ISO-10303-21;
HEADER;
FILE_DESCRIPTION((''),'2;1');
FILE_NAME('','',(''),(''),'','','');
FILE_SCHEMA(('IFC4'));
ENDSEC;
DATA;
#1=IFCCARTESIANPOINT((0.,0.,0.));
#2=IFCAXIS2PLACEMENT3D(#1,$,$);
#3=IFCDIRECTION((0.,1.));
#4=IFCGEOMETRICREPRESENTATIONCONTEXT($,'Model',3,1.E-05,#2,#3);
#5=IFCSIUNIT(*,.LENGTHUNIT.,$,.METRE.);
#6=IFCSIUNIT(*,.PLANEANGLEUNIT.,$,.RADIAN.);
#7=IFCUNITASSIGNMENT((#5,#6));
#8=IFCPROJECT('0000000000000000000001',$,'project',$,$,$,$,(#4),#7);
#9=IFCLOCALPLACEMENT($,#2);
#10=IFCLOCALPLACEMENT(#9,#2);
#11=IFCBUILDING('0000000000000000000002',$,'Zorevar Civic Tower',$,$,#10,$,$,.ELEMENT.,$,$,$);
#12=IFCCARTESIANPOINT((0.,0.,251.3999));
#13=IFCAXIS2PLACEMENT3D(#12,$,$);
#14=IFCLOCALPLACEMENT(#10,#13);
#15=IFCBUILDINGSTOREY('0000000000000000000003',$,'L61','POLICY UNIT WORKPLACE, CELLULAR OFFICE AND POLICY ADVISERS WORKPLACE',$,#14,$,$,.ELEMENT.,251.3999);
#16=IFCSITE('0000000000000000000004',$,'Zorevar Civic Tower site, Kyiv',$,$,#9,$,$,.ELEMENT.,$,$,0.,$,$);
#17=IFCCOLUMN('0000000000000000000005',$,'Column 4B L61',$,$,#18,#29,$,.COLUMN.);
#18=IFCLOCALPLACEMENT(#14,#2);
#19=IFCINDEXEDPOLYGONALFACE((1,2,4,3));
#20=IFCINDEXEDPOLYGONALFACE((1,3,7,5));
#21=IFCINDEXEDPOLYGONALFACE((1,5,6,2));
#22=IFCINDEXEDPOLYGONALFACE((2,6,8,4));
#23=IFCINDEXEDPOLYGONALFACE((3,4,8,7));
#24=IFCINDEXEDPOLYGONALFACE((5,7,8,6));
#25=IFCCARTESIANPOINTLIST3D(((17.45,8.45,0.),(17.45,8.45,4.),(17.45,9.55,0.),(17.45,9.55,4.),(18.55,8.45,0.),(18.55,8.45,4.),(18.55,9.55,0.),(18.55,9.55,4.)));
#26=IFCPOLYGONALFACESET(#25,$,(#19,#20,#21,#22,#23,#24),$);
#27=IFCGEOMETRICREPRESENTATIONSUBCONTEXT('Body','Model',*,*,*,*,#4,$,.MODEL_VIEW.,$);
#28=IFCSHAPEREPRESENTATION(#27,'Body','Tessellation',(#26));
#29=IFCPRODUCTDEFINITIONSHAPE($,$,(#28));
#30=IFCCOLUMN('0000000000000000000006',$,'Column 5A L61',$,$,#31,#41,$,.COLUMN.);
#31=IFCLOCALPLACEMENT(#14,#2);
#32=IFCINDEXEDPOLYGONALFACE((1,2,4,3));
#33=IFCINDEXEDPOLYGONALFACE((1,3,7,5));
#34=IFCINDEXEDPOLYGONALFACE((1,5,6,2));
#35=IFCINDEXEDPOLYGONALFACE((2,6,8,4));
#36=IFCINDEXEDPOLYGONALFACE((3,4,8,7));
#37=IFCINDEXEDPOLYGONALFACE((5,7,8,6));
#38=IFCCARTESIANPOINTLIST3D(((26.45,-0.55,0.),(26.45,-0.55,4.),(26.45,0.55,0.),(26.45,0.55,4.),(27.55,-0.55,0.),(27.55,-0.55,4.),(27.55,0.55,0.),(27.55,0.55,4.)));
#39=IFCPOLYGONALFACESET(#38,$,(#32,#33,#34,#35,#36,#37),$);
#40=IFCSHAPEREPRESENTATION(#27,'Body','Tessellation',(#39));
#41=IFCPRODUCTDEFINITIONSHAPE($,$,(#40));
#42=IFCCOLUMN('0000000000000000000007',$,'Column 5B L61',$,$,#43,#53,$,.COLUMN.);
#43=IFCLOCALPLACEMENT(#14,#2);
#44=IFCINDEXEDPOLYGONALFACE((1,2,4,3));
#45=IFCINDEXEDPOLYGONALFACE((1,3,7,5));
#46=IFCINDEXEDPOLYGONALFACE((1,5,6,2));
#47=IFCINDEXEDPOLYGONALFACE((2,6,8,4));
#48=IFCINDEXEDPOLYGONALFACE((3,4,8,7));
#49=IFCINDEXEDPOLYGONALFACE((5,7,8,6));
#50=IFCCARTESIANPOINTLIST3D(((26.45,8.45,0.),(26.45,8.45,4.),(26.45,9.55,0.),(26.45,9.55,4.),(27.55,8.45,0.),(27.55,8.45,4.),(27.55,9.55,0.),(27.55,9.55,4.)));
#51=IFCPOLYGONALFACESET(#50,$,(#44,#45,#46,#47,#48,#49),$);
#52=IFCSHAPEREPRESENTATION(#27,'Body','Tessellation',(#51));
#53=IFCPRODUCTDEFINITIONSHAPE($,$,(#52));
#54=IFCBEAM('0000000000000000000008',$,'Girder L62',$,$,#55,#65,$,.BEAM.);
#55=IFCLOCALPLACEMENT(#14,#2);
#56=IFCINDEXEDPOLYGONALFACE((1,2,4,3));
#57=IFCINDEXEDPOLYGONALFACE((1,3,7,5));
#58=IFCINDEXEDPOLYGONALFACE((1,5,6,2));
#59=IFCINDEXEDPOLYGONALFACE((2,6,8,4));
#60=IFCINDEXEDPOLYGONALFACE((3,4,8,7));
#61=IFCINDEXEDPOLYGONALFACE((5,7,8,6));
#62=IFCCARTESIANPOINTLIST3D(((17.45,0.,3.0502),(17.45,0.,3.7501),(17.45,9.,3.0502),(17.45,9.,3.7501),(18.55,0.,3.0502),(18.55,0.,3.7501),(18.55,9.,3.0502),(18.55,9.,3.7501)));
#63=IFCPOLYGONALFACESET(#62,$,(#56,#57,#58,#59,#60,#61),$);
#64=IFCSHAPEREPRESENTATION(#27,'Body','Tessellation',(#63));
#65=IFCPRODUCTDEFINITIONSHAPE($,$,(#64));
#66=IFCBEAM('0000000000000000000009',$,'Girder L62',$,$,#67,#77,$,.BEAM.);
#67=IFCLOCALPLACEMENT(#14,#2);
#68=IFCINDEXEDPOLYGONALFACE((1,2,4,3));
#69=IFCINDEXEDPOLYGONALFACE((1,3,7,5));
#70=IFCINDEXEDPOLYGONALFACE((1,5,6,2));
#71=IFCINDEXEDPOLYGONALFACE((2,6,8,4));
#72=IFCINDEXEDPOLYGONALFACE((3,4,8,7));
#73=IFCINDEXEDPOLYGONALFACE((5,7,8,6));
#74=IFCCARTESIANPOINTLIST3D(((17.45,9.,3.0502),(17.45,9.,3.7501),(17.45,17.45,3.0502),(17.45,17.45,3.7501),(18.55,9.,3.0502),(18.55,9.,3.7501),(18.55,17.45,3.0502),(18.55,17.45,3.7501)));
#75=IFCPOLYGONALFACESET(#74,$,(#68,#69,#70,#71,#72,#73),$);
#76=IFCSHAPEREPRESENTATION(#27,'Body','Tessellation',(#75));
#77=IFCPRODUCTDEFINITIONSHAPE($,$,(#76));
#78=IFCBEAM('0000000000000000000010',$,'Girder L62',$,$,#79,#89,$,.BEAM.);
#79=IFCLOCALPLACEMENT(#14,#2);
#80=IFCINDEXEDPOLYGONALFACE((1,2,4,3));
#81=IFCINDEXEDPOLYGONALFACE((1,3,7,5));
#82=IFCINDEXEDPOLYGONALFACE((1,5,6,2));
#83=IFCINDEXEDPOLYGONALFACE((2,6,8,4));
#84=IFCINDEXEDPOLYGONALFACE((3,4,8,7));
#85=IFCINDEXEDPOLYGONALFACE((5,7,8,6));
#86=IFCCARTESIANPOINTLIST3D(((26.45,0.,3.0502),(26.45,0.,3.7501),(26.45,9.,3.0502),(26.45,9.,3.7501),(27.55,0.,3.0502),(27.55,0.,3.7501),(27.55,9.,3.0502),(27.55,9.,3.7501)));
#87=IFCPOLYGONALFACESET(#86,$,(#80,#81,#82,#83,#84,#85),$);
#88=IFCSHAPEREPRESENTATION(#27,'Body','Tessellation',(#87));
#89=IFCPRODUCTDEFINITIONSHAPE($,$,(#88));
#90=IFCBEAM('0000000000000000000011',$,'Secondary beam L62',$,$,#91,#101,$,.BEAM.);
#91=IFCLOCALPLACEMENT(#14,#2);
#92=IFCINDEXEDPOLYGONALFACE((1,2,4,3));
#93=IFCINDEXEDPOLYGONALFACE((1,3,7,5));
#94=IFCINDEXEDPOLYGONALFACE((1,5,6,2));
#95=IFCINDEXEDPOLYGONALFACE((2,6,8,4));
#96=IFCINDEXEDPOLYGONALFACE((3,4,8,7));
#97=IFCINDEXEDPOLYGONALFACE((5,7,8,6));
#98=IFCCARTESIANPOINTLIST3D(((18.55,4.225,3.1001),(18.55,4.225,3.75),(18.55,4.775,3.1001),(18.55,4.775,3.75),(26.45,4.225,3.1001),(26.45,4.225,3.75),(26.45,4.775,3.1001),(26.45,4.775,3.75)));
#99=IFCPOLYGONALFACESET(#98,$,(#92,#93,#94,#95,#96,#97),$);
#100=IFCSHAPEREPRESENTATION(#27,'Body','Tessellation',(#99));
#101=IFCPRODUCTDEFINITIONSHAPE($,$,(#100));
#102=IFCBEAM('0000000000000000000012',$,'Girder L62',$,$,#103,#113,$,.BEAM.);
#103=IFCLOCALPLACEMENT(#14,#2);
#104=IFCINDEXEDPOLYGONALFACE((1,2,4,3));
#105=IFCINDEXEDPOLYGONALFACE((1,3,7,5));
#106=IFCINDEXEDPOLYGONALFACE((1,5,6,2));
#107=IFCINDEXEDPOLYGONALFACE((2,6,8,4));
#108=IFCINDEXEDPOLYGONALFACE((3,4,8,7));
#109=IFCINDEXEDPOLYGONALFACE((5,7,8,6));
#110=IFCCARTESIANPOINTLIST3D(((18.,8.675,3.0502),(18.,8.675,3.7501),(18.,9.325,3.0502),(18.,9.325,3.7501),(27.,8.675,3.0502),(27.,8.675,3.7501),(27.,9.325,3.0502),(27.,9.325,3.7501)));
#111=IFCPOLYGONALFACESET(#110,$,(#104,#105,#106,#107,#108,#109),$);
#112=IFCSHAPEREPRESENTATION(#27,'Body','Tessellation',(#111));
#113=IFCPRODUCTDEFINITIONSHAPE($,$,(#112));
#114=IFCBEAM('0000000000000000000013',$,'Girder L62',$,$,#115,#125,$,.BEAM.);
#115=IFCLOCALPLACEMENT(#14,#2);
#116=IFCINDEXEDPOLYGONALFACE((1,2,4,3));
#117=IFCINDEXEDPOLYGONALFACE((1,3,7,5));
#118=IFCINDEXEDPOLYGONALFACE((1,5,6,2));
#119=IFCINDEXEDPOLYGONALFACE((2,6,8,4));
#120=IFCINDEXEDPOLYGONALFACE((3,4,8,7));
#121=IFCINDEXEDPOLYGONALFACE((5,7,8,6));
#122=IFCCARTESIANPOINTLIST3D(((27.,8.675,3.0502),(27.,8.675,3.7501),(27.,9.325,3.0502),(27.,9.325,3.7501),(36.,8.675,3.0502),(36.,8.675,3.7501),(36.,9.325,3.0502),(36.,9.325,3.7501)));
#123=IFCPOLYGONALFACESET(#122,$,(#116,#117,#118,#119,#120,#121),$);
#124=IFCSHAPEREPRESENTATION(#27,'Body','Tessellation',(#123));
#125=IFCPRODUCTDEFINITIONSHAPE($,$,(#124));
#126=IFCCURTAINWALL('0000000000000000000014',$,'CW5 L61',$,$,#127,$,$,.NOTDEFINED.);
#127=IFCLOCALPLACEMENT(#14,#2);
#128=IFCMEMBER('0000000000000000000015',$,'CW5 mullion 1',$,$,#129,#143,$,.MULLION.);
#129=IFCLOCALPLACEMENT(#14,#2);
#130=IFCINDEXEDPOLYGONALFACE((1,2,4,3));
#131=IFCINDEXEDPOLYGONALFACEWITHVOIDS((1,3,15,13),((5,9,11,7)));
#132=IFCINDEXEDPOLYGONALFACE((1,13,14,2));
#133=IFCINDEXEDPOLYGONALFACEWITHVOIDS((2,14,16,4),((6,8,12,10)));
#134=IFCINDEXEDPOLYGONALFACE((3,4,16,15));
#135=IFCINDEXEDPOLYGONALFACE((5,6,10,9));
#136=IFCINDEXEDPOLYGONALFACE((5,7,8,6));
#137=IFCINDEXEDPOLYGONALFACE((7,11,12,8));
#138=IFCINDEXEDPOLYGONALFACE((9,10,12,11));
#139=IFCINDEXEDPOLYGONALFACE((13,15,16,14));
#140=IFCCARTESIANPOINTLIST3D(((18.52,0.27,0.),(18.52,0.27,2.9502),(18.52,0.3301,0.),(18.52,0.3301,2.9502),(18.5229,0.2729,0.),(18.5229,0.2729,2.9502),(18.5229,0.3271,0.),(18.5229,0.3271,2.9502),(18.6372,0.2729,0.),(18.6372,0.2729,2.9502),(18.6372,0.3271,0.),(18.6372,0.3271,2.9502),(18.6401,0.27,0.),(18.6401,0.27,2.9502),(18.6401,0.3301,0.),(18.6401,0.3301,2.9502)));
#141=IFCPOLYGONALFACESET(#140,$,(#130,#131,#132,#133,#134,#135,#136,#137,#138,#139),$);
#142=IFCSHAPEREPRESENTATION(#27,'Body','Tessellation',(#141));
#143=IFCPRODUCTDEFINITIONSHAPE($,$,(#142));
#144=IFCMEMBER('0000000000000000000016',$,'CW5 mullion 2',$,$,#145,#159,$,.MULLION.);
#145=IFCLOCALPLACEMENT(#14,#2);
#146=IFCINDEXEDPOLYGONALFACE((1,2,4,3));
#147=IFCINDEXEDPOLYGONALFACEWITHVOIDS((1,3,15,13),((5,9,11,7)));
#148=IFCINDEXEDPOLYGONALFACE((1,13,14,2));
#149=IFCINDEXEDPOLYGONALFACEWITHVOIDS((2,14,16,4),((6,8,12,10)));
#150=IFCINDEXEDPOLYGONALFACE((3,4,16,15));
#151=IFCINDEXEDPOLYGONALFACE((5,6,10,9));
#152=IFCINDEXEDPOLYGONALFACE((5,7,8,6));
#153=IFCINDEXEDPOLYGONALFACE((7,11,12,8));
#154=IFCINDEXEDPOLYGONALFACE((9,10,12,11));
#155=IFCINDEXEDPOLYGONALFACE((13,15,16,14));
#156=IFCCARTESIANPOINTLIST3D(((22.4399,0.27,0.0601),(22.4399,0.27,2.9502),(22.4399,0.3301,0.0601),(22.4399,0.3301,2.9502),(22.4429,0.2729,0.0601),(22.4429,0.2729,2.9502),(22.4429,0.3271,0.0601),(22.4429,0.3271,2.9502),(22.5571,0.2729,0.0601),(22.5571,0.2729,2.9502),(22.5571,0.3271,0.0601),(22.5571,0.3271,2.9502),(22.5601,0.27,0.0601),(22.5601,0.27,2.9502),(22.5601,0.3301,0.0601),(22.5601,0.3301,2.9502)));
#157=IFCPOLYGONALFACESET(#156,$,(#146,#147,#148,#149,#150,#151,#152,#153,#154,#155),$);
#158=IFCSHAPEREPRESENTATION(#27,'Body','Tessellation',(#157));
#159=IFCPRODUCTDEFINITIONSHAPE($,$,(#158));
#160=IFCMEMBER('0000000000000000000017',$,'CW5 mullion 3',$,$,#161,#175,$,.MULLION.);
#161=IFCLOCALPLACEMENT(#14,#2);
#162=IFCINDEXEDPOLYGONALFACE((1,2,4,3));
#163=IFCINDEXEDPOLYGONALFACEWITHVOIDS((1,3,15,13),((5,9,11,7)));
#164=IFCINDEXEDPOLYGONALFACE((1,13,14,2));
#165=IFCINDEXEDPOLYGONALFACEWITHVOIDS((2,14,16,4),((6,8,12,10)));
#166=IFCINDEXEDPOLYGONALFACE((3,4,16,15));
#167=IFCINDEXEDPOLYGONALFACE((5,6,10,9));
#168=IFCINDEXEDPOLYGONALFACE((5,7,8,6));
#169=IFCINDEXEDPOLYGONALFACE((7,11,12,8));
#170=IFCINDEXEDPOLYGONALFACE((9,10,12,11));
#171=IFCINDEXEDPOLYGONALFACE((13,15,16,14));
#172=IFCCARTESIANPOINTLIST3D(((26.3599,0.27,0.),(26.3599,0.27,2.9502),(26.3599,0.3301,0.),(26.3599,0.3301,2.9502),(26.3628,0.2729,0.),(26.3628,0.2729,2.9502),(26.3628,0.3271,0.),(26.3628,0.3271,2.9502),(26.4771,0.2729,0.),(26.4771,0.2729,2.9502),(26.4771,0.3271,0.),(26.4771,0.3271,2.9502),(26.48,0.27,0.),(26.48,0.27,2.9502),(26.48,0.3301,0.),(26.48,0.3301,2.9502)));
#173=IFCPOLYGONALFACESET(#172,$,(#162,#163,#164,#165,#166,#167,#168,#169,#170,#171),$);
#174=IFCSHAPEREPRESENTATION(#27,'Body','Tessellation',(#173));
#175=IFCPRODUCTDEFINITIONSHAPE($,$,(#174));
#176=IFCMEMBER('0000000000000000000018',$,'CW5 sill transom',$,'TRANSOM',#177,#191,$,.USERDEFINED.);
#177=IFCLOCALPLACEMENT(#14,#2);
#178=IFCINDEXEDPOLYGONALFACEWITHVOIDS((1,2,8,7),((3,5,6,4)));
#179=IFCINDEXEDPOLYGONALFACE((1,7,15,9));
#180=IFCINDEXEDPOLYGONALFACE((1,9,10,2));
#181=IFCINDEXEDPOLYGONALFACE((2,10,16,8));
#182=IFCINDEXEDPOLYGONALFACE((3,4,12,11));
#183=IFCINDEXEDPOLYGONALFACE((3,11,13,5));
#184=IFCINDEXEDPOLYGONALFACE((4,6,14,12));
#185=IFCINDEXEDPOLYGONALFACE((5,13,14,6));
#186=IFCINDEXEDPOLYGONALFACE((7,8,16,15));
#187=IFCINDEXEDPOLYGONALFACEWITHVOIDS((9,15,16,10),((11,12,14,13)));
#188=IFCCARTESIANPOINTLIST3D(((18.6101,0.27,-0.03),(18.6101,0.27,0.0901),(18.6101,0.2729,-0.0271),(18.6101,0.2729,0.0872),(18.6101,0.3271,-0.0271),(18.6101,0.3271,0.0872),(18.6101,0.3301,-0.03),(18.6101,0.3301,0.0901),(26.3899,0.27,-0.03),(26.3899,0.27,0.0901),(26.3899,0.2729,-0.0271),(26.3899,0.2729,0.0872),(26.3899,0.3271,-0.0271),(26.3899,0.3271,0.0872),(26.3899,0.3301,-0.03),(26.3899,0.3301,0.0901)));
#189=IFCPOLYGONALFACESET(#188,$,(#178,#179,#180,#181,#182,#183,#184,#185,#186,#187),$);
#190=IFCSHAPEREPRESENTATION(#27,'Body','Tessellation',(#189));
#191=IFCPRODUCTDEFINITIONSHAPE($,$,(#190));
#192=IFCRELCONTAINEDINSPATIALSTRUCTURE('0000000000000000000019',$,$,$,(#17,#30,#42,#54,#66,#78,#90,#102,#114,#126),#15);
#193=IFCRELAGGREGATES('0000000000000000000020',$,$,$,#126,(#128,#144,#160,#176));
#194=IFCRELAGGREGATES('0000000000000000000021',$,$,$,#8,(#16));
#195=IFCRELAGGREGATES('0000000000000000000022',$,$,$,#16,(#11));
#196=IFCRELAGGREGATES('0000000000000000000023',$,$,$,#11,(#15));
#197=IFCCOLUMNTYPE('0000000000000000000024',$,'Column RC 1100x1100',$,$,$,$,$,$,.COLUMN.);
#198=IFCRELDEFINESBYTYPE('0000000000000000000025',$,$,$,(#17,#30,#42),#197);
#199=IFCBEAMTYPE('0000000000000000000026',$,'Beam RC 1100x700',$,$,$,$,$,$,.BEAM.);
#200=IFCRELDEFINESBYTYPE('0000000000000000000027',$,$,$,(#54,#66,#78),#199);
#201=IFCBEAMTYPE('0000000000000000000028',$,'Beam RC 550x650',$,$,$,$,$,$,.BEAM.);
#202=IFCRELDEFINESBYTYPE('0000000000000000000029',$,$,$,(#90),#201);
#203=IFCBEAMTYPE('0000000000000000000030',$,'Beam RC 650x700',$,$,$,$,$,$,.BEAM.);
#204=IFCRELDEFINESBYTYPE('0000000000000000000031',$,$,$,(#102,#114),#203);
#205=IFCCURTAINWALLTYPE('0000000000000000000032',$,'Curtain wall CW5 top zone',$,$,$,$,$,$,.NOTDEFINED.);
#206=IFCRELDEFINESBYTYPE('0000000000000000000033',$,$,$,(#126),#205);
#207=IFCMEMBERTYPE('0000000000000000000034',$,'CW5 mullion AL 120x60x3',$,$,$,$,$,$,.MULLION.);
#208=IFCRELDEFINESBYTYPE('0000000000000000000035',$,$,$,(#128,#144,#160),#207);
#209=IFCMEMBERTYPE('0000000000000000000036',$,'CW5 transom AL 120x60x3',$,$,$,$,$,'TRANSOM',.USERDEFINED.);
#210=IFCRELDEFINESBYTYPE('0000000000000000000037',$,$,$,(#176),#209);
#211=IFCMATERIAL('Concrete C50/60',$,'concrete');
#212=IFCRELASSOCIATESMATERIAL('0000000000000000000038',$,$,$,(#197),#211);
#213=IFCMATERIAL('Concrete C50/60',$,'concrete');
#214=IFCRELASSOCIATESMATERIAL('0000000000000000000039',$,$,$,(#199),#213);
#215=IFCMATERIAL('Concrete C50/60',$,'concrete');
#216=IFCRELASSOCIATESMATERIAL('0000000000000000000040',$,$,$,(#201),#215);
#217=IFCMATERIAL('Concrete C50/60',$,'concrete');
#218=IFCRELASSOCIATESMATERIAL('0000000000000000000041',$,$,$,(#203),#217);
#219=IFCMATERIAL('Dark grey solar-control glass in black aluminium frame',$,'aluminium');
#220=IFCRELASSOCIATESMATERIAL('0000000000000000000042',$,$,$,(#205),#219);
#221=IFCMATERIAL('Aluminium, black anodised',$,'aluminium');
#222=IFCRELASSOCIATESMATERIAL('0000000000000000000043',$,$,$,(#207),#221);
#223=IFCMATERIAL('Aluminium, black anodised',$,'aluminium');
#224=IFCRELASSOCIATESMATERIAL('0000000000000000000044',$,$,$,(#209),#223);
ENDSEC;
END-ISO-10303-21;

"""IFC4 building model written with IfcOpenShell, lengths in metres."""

from ifc_helpers import new_model, si_unit, direction, frame, origin, origin_2d, place, context, subcontext, project, spatial, rectangle, hollow_rectangle, extrude, material, material_profile, profile_set, type_object, element, aggregate, save


model = new_model("IFC4")

# Units and contexts
model_context = context("Model", 3, precision=1e-05, world=origin(), true_north=direction((0.0, 1.0)))
body_context = subcontext(model_context, "Body", "Model", "MODEL_VIEW")
ifc_project = project(units=[si_unit("LENGTHUNIT", "METRE"), si_unit("PLANEANGLEUNIT", "RADIAN")], contexts=[model_context])

# Site, building, storey
site_placement = place(None, origin())
site = spatial("IfcSite", under=ifc_project, at=site_placement, Name="Zorevar Civic Tower site, Kyiv", CompositionType="ELEMENT", RefElevation=0.0)
building_placement = place(site_placement, origin())
building = spatial("IfcBuilding", under=site, at=building_placement, Name="Zorevar Civic Tower", CompositionType="ELEMENT")
storey_placement = place(building_placement, frame((0.0, 0.0, 251.3999)))
storey = spatial("IfcBuildingStorey", under=building, at=storey_placement, Name="L61", Description="POLICY UNIT WORKPLACE, CELLULAR OFFICE AND POLICY ADVISERS WORKPLACE", CompositionType="ELEMENT", Elevation=251.3999)

# Columns
ifc_material_1 = material(Name="Concrete C50/60", Category="concrete")
ifc_material_profile_1 = material_profile(ifc_material_1, rectangle(XDim=1.1001, YDim=1.1001, at=origin_2d()), Name="RC 1100x1100")
ifc_profile_set_1 = profile_set([ifc_material_profile_1], Name="Concrete C50/60")
column_type = type_object("IfcColumnType", Name="Column RC 1100x1100", PredefinedType="COLUMN", material=ifc_profile_set_1)
for number, where, z_axis, x_axis, name in (
    (1, (18.0, 9.0, 0.0), (0.0, 0.0, 1.0), (1.0, 0.0, 0.0), "Column 4B L61"),
    (2, (27.0, 0.0, 0.0), (0.0, 0.0, 1.0), (1.0, 0.0, 0.0), "Column 5A L61"),
    (3, (27.0, 9.0, 0.0), (0.0, 0.0, 1.0), (1.0, 0.0, 0.0), "Column 5B L61"),
):
    element("IfcColumn", number, at=place(storey_placement, frame(where, z_axis=z_axis, x_axis=x_axis)), inside=storey, type_object=column_type, Name=name, PredefinedType="COLUMN", context=body_context, shape_type="SweptSolid", body=[
        extrude(rectangle(XDim=1.1001, YDim=1.1001, at=origin_2d()), origin(), (0.0, 0.0, 1.0), 4.0),
    ])

# Beams
ifc_material_2 = material(Name="Concrete C50/60", Category="concrete")
ifc_material_profile_2 = material_profile(ifc_material_2, rectangle(XDim=1.1001, YDim=0.7, at=origin_2d()), Name="RC 1100x700")
ifc_profile_set_2 = profile_set([ifc_material_profile_2], Name="Concrete C50/60")
beam_type_1 = type_object("IfcBeamType", Name="Beam RC 1100x700", PredefinedType="BEAM", material=ifc_profile_set_2)
beam_1_placement = place(storey_placement, frame((18.0, 0.0, 3.4001), z_axis=(0.0, 1.0, 0.0), x_axis=(-1.0, 0.0, 0.0)))
element("IfcBeam", 4, at=beam_1_placement, inside=storey, type_object=beam_type_1, Name="Girder L62", PredefinedType="BEAM", context=body_context, shape_type="SweptSolid", body=[
    extrude(rectangle(XDim=1.1001, YDim=0.7, at=origin_2d()), origin(), (0.0, 0.0, 1.0), 9.0),
])
beam_2_placement = place(storey_placement, frame((18.0, 9.0, 3.4001), z_axis=(0.0, 1.0, 0.0), x_axis=(-1.0, 0.0, 0.0)))
element("IfcBeam", 5, at=beam_2_placement, inside=storey, type_object=beam_type_1, Name="Girder L62", PredefinedType="BEAM", context=body_context, shape_type="SweptSolid", body=[
    extrude(rectangle(XDim=1.1001, YDim=0.7, at=origin_2d()), origin(), (0.0, 0.0, 1.0), 8.45),
])
beam_3_placement = place(storey_placement, frame((27.0, 0.0, 3.4001), z_axis=(0.0, 1.0, 0.0), x_axis=(-1.0, 0.0, 0.0)))
element("IfcBeam", 6, at=beam_3_placement, inside=storey, type_object=beam_type_1, Name="Girder L62", PredefinedType="BEAM", context=body_context, shape_type="SweptSolid", body=[
    extrude(rectangle(XDim=1.1001, YDim=0.7, at=origin_2d()), origin(), (0.0, 0.0, 1.0), 9.0),
])
ifc_material_3 = material(Name="Concrete C50/60", Category="concrete")
ifc_material_profile_3 = material_profile(ifc_material_3, rectangle(XDim=0.55, YDim=0.6499, at=origin_2d()), Name="RC 550x650")
ifc_profile_set_3 = profile_set([ifc_material_profile_3], Name="Concrete C50/60")
beam_type_2 = type_object("IfcBeamType", Name="Beam RC 550x650", PredefinedType="BEAM", material=ifc_profile_set_3)
beam_4_placement = place(storey_placement, frame((18.55, 4.5, 3.425), z_axis=(1.0, 0.0, 0.0), x_axis=(0.0, 1.0, 0.0)))
element("IfcBeam", 7, at=beam_4_placement, inside=storey, type_object=beam_type_2, Name="Secondary beam L62", PredefinedType="BEAM", context=body_context, shape_type="SweptSolid", body=[
    extrude(rectangle(XDim=0.55, YDim=0.6499, at=origin_2d()), origin(), (0.0, 0.0, 1.0), 7.8999),
])
ifc_material_4 = material(Name="Concrete C50/60", Category="concrete")
ifc_material_profile_4 = material_profile(ifc_material_4, rectangle(XDim=0.6499, YDim=0.7, at=origin_2d()), Name="RC 650x700")
ifc_profile_set_4 = profile_set([ifc_material_profile_4], Name="Concrete C50/60")
beam_type_3 = type_object("IfcBeamType", Name="Beam RC 650x700", PredefinedType="BEAM", material=ifc_profile_set_4)
for number, where, z_axis, x_axis, name in (
    (8, (18.0, 9.0, 3.4001), (1.0, 0.0, 0.0), (0.0, 1.0, 0.0), "Girder L62"),
    (9, (27.0, 9.0, 3.4001), (1.0, 0.0, 0.0), (0.0, 1.0, 0.0), "Girder L62"),
):
    element("IfcBeam", number, at=place(storey_placement, frame(where, z_axis=z_axis, x_axis=x_axis)), inside=storey, type_object=beam_type_3, Name=name, PredefinedType="BEAM", context=body_context, shape_type="SweptSolid", body=[
        extrude(rectangle(XDim=0.6499, YDim=0.7, at=origin_2d()), origin(), (0.0, 0.0, 1.0), 9.0),
    ])

# Curtain wall, members
ifc_material_5 = material(Name="Dark grey solar-control glass in black aluminium frame", Category="aluminium")
curtain_wall_type = type_object("IfcCurtainWallType", Name="Curtain wall CW5 top zone", PredefinedType="NOTDEFINED", material=ifc_material_5)
curtain_wall_placement = place(storey_placement, origin())
curtain_wall = element("IfcCurtainWall", 10, at=curtain_wall_placement, inside=storey, type_object=curtain_wall_type, Name="CW5 L61", PredefinedType="NOTDEFINED")
ifc_material_6 = material(Name="Aluminium, black anodised", Category="aluminium")
ifc_material_profile_5 = material_profile(ifc_material_6, hollow_rectangle(XDim=0.0601, YDim=0.1201, WallThickness=0.0029, at=origin_2d()), Name="AL 120x60x3")
ifc_profile_set_5 = profile_set([ifc_material_profile_5], Name="Aluminium, black anodised")
member_type_1 = type_object("IfcMemberType", Name="CW5 mullion AL 120x60x3", PredefinedType="MULLION", material=ifc_profile_set_5)
member_1_placement = place(storey_placement, frame((18.5801, 0.3, 0.0), z_axis=(0.0, 0.0, 1.0), x_axis=(0.0, 1.0, 0.0)))
member_1 = element("IfcMember", 11, at=member_1_placement, type_object=member_type_1, Name="CW5 mullion 1", PredefinedType="MULLION", context=body_context, shape_type="SweptSolid", body=[
    extrude(hollow_rectangle(XDim=0.0601, YDim=0.1201, WallThickness=0.0029, at=origin_2d()), origin(), (0.0, 0.0, 1.0), 2.9502),
])
member_2_placement = place(storey_placement, frame((22.5, 0.3, 0.0601), z_axis=(0.0, 0.0, 1.0), x_axis=(0.0, 1.0, 0.0)))
member_2 = element("IfcMember", 12, at=member_2_placement, type_object=member_type_1, Name="CW5 mullion 2", PredefinedType="MULLION", context=body_context, shape_type="SweptSolid", body=[
    extrude(hollow_rectangle(XDim=0.0601, YDim=0.1201, WallThickness=0.0029, at=origin_2d()), origin(), (0.0, 0.0, 1.0), 2.8901),
])
member_3_placement = place(storey_placement, frame((26.4199, 0.3, 0.0), z_axis=(0.0, 0.0, 1.0), x_axis=(0.0, 1.0, 0.0)))
member_3 = element("IfcMember", 13, at=member_3_placement, type_object=member_type_1, Name="CW5 mullion 3", PredefinedType="MULLION", context=body_context, shape_type="SweptSolid", body=[
    extrude(hollow_rectangle(XDim=0.0601, YDim=0.1201, WallThickness=0.0029, at=origin_2d()), origin(), (0.0, 0.0, 1.0), 2.9502),
])
ifc_material_7 = material(Name="Aluminium, black anodised", Category="aluminium")
ifc_material_profile_6 = material_profile(ifc_material_7, hollow_rectangle(XDim=0.0601, YDim=0.1201, WallThickness=0.0029, at=origin_2d()), Name="AL 120x60x3")
ifc_profile_set_6 = profile_set([ifc_material_profile_6], Name="Aluminium, black anodised")
member_type_2 = type_object("IfcMemberType", Name="CW5 transom AL 120x60x3", ElementType="TRANSOM", PredefinedType="USERDEFINED", material=ifc_profile_set_6)
member_4_placement = place(storey_placement, frame((18.6101, 0.3, 0.03), z_axis=(1.0, 0.0, 0.0), x_axis=(0.0, 1.0, 0.0)))
member_4 = element("IfcMember", 14, at=member_4_placement, type_object=member_type_2, Name="CW5 sill transom", ObjectType="TRANSOM", PredefinedType="USERDEFINED", context=body_context, shape_type="SweptSolid", body=[
    extrude(hollow_rectangle(XDim=0.0601, YDim=0.1201, WallThickness=0.0029, at=origin_2d()), origin(), (0.0, 0.0, 1.0), 7.7798),
])

aggregate(curtain_wall, [member_1, member_2, member_3, member_4])

save(model, "model.ifc")
